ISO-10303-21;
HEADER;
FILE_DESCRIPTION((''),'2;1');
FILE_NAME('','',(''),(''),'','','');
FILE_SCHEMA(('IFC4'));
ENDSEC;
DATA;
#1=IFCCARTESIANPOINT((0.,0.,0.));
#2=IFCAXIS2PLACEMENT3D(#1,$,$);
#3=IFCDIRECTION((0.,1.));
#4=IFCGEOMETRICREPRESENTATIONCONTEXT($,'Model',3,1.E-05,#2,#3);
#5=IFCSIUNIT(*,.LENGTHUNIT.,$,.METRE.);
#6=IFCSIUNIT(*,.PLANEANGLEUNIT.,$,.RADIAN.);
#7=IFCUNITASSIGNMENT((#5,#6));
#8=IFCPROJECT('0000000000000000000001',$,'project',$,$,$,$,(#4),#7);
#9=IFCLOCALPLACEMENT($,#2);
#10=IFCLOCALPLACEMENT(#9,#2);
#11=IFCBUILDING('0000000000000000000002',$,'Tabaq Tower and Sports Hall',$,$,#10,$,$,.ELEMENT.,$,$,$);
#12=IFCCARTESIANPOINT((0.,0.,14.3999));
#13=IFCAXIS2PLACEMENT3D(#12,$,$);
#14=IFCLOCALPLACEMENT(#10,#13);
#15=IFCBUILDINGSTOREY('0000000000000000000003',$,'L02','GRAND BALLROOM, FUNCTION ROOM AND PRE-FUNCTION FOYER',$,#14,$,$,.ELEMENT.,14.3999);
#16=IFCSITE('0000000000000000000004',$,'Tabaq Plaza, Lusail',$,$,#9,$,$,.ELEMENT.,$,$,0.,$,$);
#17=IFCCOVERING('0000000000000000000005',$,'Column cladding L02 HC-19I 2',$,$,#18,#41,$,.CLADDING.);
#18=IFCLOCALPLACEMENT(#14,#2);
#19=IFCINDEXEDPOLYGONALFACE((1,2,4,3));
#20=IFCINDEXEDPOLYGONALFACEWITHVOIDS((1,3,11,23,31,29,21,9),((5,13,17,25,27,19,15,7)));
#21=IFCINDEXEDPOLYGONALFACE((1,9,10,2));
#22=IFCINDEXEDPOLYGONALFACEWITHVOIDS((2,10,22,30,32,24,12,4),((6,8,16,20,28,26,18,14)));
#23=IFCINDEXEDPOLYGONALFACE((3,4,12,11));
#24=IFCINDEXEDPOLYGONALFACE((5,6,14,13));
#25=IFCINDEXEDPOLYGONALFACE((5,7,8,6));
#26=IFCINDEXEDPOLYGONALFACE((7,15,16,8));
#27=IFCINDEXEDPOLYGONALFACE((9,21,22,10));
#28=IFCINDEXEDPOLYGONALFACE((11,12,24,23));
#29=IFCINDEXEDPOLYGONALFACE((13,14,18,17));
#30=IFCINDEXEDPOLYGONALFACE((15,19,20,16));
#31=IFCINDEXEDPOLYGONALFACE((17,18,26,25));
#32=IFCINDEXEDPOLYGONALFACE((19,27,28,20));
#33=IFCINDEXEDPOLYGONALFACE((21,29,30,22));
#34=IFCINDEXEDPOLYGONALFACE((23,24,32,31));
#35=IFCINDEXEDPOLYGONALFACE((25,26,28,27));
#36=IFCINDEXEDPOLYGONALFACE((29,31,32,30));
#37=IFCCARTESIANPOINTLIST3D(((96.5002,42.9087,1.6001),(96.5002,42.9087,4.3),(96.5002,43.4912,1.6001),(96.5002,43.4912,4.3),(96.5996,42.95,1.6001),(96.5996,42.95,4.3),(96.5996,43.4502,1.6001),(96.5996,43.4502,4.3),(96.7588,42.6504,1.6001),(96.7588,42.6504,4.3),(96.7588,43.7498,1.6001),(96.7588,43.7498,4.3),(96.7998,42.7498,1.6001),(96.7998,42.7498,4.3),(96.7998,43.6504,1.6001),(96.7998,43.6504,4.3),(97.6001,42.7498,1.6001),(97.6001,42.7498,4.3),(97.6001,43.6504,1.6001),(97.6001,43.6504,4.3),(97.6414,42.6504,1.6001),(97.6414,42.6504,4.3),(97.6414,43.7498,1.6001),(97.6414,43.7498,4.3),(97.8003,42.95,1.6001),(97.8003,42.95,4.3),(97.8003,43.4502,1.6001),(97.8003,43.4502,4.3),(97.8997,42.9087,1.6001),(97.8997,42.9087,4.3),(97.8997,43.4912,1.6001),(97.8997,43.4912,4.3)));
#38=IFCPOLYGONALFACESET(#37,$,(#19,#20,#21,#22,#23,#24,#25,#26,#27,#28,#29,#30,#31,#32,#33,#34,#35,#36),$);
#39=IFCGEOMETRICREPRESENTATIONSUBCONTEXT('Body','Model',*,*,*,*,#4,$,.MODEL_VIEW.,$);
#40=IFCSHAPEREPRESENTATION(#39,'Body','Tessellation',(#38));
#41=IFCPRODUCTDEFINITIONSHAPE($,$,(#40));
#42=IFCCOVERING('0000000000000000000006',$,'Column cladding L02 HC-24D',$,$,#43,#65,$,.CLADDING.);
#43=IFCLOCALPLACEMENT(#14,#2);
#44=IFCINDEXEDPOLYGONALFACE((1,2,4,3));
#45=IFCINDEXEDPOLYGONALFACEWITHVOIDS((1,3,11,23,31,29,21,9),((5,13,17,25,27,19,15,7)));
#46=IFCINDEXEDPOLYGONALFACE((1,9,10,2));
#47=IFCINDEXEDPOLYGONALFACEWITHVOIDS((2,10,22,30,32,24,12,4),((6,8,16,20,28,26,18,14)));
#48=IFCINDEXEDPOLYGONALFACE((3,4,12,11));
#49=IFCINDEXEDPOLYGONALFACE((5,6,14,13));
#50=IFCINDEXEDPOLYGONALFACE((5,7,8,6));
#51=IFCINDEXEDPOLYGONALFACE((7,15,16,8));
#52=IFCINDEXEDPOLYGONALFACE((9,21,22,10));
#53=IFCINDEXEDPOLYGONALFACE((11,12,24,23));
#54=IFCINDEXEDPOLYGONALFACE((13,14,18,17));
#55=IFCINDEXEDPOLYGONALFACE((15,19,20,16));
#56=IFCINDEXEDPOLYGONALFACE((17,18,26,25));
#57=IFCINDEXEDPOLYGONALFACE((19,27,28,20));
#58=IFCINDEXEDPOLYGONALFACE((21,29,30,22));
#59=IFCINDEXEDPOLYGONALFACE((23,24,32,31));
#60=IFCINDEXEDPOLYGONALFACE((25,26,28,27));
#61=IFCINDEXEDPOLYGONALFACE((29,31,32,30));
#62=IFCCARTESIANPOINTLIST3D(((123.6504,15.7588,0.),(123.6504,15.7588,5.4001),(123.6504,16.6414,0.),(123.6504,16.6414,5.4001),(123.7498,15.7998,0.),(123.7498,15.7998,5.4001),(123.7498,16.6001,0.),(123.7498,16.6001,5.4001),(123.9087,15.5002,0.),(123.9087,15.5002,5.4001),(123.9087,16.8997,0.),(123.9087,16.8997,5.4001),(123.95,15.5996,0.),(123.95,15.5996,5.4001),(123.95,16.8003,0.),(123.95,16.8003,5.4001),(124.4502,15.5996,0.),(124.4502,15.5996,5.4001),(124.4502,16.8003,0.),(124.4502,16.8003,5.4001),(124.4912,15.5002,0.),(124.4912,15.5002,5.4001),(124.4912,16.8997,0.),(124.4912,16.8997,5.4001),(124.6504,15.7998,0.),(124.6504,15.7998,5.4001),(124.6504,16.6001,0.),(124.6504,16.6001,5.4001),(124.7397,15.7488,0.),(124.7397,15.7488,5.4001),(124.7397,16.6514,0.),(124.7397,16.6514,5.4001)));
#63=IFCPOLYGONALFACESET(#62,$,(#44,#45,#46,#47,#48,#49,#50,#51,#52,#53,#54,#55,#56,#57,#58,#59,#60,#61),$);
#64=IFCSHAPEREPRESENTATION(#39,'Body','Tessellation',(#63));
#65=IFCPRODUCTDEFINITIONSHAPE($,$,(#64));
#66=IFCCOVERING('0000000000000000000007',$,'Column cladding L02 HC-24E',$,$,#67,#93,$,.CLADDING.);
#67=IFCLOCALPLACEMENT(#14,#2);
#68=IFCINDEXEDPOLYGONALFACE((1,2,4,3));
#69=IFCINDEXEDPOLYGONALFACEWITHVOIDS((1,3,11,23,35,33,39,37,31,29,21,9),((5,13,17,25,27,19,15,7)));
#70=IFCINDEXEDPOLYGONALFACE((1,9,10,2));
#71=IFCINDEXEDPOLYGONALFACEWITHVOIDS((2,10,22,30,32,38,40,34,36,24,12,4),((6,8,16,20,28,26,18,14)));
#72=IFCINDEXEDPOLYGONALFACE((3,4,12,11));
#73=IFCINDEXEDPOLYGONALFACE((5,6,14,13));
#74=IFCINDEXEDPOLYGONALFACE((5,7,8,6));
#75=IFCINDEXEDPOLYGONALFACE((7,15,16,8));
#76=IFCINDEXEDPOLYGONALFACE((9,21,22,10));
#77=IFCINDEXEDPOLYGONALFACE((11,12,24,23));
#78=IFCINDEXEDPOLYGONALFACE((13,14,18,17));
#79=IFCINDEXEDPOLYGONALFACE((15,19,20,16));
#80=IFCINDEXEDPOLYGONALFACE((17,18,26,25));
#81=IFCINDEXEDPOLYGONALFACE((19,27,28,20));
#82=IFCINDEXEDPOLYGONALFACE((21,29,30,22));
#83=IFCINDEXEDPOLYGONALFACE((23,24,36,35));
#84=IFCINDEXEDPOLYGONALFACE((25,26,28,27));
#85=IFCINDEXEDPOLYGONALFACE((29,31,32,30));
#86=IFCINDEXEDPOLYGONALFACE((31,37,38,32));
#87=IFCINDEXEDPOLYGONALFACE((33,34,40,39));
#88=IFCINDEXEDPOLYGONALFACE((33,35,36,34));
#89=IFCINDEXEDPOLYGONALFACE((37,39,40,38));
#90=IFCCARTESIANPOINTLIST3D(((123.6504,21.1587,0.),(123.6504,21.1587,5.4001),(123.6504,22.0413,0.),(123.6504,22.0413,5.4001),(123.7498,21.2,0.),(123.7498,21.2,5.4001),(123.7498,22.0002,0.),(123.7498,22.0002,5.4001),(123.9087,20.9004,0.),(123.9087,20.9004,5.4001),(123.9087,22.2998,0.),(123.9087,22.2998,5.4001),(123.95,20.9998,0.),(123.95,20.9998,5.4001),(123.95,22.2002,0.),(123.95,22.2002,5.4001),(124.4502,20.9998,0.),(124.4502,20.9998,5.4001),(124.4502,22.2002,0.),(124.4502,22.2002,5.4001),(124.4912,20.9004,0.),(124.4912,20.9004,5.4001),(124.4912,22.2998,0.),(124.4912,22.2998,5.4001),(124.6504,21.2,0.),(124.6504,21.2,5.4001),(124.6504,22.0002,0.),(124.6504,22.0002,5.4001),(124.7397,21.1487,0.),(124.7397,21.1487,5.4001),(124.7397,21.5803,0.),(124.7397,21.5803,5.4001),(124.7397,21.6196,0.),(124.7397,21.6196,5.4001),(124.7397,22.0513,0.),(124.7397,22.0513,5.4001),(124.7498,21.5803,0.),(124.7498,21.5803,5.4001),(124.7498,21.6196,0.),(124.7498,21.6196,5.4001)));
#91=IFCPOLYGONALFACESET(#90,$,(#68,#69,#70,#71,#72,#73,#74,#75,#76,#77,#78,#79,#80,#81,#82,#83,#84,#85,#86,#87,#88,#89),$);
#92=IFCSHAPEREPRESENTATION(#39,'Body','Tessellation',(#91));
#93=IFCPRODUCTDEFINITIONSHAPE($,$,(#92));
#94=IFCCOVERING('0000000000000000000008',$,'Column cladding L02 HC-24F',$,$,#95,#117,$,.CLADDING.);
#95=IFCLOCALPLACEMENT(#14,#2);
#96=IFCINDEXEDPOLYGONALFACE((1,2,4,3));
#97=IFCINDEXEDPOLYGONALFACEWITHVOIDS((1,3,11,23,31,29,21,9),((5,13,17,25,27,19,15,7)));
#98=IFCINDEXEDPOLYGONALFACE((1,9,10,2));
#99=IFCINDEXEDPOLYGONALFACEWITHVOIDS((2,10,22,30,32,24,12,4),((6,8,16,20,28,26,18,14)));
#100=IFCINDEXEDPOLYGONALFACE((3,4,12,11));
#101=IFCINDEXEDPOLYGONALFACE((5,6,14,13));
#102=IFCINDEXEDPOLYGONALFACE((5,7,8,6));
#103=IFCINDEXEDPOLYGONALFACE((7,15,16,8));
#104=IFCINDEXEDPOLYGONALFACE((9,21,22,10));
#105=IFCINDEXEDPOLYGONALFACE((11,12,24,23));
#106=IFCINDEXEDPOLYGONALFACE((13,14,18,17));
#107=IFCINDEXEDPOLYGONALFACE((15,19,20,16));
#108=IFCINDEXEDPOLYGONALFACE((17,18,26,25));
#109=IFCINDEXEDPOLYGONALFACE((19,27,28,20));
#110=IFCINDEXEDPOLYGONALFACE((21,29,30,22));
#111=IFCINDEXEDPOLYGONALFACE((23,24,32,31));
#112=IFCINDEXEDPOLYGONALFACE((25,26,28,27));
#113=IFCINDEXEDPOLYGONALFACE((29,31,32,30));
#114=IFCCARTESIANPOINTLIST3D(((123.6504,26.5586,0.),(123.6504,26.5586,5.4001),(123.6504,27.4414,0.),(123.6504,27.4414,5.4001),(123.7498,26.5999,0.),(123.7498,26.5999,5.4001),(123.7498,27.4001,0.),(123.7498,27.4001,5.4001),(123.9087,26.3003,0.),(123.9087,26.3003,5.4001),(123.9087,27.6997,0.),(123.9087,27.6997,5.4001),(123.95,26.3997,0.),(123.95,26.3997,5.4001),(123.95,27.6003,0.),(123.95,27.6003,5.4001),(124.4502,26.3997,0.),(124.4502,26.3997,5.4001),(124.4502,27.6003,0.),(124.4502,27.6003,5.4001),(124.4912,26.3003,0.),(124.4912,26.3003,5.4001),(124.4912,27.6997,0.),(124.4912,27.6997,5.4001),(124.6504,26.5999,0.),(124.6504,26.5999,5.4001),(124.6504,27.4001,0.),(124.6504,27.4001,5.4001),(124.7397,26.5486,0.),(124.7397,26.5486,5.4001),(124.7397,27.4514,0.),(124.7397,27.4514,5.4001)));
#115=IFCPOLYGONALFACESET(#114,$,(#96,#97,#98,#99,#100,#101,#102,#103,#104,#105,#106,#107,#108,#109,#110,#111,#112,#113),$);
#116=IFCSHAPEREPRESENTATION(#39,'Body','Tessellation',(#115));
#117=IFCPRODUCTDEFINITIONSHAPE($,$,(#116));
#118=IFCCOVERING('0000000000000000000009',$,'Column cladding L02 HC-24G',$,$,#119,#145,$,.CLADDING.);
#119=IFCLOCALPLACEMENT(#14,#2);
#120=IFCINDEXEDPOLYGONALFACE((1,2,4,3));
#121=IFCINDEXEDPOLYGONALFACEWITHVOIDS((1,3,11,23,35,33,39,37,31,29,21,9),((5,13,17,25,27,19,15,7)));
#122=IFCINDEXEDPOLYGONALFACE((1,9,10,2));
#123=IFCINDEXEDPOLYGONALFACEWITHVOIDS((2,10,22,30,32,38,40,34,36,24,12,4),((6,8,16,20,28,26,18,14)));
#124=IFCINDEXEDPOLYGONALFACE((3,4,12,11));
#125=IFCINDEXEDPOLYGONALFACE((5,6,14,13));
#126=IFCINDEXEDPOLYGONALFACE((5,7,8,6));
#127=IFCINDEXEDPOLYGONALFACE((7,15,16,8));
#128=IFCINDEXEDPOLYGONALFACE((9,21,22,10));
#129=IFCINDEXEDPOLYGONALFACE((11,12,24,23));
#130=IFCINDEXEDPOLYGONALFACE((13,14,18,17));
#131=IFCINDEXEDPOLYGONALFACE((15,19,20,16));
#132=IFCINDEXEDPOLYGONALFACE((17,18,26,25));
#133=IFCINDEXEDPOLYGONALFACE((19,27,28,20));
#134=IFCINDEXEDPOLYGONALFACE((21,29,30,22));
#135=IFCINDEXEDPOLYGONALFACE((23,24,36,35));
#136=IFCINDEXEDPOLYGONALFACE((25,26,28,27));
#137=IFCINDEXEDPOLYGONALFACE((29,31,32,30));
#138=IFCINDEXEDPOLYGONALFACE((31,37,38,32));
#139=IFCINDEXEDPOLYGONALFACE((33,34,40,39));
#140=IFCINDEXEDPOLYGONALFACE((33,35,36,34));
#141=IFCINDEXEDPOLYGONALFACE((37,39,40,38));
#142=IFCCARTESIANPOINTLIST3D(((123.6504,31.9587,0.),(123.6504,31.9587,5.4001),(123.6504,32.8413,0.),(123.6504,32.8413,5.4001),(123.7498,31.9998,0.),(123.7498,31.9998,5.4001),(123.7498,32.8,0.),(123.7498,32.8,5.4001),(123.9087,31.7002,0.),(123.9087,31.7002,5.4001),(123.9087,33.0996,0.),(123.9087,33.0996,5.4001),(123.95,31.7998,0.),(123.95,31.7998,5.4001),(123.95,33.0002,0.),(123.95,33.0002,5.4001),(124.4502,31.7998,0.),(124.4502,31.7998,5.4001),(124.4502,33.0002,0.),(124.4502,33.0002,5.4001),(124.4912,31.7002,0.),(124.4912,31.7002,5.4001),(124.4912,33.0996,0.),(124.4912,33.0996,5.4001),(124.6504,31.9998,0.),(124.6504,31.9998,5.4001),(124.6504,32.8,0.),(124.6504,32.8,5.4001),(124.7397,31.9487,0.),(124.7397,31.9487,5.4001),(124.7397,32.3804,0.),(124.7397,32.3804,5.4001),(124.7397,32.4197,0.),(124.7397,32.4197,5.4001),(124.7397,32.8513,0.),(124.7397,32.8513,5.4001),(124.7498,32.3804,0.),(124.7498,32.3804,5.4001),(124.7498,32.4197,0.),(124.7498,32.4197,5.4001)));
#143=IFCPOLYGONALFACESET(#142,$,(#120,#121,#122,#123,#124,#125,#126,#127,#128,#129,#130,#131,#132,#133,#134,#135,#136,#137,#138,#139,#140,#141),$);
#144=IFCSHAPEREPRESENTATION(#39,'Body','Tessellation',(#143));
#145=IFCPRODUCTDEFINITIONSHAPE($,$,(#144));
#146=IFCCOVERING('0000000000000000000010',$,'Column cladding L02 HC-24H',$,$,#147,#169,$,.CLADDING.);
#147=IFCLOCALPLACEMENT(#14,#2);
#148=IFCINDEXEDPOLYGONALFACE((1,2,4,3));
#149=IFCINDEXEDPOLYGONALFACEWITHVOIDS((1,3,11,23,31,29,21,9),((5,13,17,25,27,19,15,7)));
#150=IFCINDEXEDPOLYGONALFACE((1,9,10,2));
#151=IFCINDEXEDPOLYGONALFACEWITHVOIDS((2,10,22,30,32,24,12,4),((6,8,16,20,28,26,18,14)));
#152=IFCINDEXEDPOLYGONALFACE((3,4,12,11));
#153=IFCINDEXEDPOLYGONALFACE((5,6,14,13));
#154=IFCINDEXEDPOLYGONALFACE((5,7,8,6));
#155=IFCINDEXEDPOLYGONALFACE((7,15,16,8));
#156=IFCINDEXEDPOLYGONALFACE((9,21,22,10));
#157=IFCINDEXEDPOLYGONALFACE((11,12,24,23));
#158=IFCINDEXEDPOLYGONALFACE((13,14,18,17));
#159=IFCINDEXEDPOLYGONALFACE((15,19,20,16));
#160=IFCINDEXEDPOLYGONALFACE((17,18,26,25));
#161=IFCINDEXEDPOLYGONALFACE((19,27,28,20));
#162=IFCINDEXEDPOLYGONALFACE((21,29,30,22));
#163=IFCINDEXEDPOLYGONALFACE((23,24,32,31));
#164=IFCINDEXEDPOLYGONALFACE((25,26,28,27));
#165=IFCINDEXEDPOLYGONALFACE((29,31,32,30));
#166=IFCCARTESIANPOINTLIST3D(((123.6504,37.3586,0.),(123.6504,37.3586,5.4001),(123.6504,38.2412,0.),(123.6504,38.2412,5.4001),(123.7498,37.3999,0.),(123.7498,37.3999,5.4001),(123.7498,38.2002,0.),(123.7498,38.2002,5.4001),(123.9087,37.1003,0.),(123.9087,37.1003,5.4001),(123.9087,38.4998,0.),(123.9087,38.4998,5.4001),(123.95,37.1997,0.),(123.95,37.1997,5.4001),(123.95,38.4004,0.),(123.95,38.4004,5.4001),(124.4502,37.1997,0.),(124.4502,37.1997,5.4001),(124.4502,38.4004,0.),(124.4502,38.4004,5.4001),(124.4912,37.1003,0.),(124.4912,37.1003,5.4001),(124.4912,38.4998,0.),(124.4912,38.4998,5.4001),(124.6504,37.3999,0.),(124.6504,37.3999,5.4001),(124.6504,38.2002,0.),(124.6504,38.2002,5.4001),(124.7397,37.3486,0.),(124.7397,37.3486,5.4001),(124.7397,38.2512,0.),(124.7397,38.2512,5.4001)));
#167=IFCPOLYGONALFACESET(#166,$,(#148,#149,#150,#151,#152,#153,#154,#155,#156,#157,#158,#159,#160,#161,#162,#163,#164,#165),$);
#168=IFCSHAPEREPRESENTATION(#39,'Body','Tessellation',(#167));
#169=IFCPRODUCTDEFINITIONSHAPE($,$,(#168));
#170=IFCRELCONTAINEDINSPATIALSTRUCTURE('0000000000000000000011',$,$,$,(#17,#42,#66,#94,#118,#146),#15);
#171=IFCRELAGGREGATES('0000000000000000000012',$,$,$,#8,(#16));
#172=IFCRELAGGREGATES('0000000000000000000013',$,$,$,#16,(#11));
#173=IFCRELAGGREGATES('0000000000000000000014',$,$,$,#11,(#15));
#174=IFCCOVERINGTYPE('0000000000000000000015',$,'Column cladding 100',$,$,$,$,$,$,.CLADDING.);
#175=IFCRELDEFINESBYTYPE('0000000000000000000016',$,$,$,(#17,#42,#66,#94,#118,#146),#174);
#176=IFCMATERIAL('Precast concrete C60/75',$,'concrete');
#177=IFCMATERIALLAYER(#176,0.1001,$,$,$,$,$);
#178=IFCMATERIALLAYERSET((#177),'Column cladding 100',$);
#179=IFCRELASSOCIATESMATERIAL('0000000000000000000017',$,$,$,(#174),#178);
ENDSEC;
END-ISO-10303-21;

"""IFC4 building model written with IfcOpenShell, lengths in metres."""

from ifc_helpers import new_model, si_unit, direction, frame, origin, place, context, subcontext, project, spatial, polyline, outline, extrude, material, layer, layer_set, type_object, element, save


model = new_model("IFC4")

# Units and contexts
model_context = context("Model", 3, precision=1e-05, world=origin(), true_north=direction((0.0, 1.0)))
body_context = subcontext(model_context, "Body", "Model", "MODEL_VIEW")
ifc_project = project(units=[si_unit("LENGTHUNIT", "METRE"), si_unit("PLANEANGLEUNIT", "RADIAN")], contexts=[model_context])

# Site, building, storey
site_placement = place(None, origin())
site = spatial("IfcSite", under=ifc_project, at=site_placement, Name="Tabaq Plaza, Lusail", CompositionType="ELEMENT", RefElevation=0.0)
building_placement = place(site_placement, origin())
building = spatial("IfcBuilding", under=site, at=building_placement, Name="Tabaq Tower and Sports Hall", CompositionType="ELEMENT")
storey_placement = place(building_placement, frame((0.0, 0.0, 14.3999)))
storey = spatial("IfcBuildingStorey", under=building, at=storey_placement, Name="L02", Description="GRAND BALLROOM, FUNCTION ROOM AND PRE-FUNCTION FOYER", CompositionType="ELEMENT", Elevation=14.3999)

# Coverings
ifc_material = material(Name="Precast concrete C60/75", Category="concrete")
ifc_layer = layer(ifc_material, 0.1001)
ifc_layer_set = layer_set([ifc_layer], Name="Column cladding 100")
covering_type = type_object("IfcCoveringType", Name="Column cladding 100", PredefinedType="CLADDING", material=ifc_layer_set)
covering_1_placement = place(storey_placement, frame((0.0, 0.0, 1.6001)))
element("IfcCovering", 1, at=covering_1_placement, inside=storey, type_object=covering_type, Name="Column cladding L02 HC-19I 2", PredefinedType="CLADDING", context=body_context, shape_type="SweptSolid", body=[
    extrude(outline(polyline([(96.5002, 42.9087), (96.5002, 43.4912), (96.7588, 43.7498), (97.6414, 43.7498), (97.8997, 43.4912), (97.8997, 42.9087), (97.6414, 42.6504), (96.7588, 42.6504), (96.5002, 42.9087)]), holes=[polyline([(97.6001, 42.7498), (97.8003, 42.95), (97.8003, 43.4502), (97.6001, 43.6504), (96.7998, 43.6504), (96.5996, 43.4502), (96.5996, 42.95), (96.7998, 42.7498), (97.6001, 42.7498)])]), origin(), (0.0, 0.0, 1.0), 2.7),
])
covering_2_placement = place(storey_placement, origin())
element("IfcCovering", 2, at=covering_2_placement, inside=storey, type_object=covering_type, Name="Column cladding L02 HC-24D", PredefinedType="CLADDING", context=body_context, shape_type="SweptSolid", body=[
    extrude(outline(polyline([(123.9087, 15.5002), (123.6504, 15.7588), (123.6504, 16.6414), (123.9087, 16.8997), (124.4912, 16.8997), (124.7397, 16.6514), (124.7397, 15.7488), (124.4912, 15.5002), (123.9087, 15.5002)]), holes=[polyline([(124.4502, 16.8003), (123.95, 16.8003), (123.7498, 16.6001), (123.7498, 15.7998), (123.95, 15.5996), (124.4502, 15.5996), (124.6504, 15.7998), (124.6504, 16.6001), (124.4502, 16.8003)])]), origin(), (0.0, 0.0, 1.0), 5.4001),
])
covering_3_placement = place(storey_placement, origin())
element("IfcCovering", 3, at=covering_3_placement, inside=storey, type_object=covering_type, Name="Column cladding L02 HC-24E", PredefinedType="CLADDING", context=body_context, shape_type="SweptSolid", body=[
    extrude(outline(polyline([(123.9087, 20.9004), (123.6504, 21.1587), (123.6504, 22.0413), (123.9087, 22.2998), (124.4912, 22.2998), (124.7397, 22.0513), (124.7397, 21.6196), (124.7498, 21.6196), (124.7498, 21.5803), (124.7397, 21.5803), (124.7397, 21.1487), (124.4912, 20.9004), (123.9087, 20.9004)]), holes=[polyline([(124.4502, 22.2002), (123.95, 22.2002), (123.7498, 22.0002), (123.7498, 21.2), (123.95, 20.9998), (124.4502, 20.9998), (124.6504, 21.2), (124.6504, 22.0002), (124.4502, 22.2002)])]), origin(), (0.0, 0.0, 1.0), 5.4001),
])
covering_4_placement = place(storey_placement, origin())
element("IfcCovering", 4, at=covering_4_placement, inside=storey, type_object=covering_type, Name="Column cladding L02 HC-24F", PredefinedType="CLADDING", context=body_context, shape_type="SweptSolid", body=[
    extrude(outline(polyline([(123.9087, 26.3003), (123.6504, 26.5586), (123.6504, 27.4414), (123.9087, 27.6997), (124.4912, 27.6997), (124.7397, 27.4514), (124.7397, 26.5486), (124.4912, 26.3003), (123.9087, 26.3003)]), holes=[polyline([(124.4502, 27.6003), (123.95, 27.6003), (123.7498, 27.4001), (123.7498, 26.5999), (123.95, 26.3997), (124.4502, 26.3997), (124.6504, 26.5999), (124.6504, 27.4001), (124.4502, 27.6003)])]), origin(), (0.0, 0.0, 1.0), 5.4001),
])
covering_5_placement = place(storey_placement, origin())
element("IfcCovering", 5, at=covering_5_placement, inside=storey, type_object=covering_type, Name="Column cladding L02 HC-24G", PredefinedType="CLADDING", context=body_context, shape_type="SweptSolid", body=[
    extrude(outline(polyline([(123.9087, 31.7002), (123.6504, 31.9587), (123.6504, 32.8413), (123.9087, 33.0996), (124.4912, 33.0996), (124.7397, 32.8513), (124.7397, 32.4197), (124.7498, 32.4197), (124.7498, 32.3804), (124.7397, 32.3804), (124.7397, 31.9487), (124.4912, 31.7002), (123.9087, 31.7002)]), holes=[polyline([(124.4502, 33.0002), (123.95, 33.0002), (123.7498, 32.8), (123.7498, 31.9998), (123.95, 31.7998), (124.4502, 31.7998), (124.6504, 31.9998), (124.6504, 32.8), (124.4502, 33.0002)])]), origin(), (0.0, 0.0, 1.0), 5.4001),
])
covering_6_placement = place(storey_placement, origin())
element("IfcCovering", 6, at=covering_6_placement, inside=storey, type_object=covering_type, Name="Column cladding L02 HC-24H", PredefinedType="CLADDING", context=body_context, shape_type="SweptSolid", body=[
    extrude(outline(polyline([(123.9087, 37.1003), (123.6504, 37.3586), (123.6504, 38.2412), (123.9087, 38.4998), (124.4912, 38.4998), (124.7397, 38.2512), (124.7397, 37.3486), (124.4912, 37.1003), (123.9087, 37.1003)]), holes=[polyline([(124.4502, 38.4004), (123.95, 38.4004), (123.7498, 38.2002), (123.7498, 37.3999), (123.95, 37.1997), (124.4502, 37.1997), (124.6504, 37.3999), (124.6504, 38.2002), (124.4502, 38.4004)])]), origin(), (0.0, 0.0, 1.0), 5.4001),
])

save(model, "model.ifc")
